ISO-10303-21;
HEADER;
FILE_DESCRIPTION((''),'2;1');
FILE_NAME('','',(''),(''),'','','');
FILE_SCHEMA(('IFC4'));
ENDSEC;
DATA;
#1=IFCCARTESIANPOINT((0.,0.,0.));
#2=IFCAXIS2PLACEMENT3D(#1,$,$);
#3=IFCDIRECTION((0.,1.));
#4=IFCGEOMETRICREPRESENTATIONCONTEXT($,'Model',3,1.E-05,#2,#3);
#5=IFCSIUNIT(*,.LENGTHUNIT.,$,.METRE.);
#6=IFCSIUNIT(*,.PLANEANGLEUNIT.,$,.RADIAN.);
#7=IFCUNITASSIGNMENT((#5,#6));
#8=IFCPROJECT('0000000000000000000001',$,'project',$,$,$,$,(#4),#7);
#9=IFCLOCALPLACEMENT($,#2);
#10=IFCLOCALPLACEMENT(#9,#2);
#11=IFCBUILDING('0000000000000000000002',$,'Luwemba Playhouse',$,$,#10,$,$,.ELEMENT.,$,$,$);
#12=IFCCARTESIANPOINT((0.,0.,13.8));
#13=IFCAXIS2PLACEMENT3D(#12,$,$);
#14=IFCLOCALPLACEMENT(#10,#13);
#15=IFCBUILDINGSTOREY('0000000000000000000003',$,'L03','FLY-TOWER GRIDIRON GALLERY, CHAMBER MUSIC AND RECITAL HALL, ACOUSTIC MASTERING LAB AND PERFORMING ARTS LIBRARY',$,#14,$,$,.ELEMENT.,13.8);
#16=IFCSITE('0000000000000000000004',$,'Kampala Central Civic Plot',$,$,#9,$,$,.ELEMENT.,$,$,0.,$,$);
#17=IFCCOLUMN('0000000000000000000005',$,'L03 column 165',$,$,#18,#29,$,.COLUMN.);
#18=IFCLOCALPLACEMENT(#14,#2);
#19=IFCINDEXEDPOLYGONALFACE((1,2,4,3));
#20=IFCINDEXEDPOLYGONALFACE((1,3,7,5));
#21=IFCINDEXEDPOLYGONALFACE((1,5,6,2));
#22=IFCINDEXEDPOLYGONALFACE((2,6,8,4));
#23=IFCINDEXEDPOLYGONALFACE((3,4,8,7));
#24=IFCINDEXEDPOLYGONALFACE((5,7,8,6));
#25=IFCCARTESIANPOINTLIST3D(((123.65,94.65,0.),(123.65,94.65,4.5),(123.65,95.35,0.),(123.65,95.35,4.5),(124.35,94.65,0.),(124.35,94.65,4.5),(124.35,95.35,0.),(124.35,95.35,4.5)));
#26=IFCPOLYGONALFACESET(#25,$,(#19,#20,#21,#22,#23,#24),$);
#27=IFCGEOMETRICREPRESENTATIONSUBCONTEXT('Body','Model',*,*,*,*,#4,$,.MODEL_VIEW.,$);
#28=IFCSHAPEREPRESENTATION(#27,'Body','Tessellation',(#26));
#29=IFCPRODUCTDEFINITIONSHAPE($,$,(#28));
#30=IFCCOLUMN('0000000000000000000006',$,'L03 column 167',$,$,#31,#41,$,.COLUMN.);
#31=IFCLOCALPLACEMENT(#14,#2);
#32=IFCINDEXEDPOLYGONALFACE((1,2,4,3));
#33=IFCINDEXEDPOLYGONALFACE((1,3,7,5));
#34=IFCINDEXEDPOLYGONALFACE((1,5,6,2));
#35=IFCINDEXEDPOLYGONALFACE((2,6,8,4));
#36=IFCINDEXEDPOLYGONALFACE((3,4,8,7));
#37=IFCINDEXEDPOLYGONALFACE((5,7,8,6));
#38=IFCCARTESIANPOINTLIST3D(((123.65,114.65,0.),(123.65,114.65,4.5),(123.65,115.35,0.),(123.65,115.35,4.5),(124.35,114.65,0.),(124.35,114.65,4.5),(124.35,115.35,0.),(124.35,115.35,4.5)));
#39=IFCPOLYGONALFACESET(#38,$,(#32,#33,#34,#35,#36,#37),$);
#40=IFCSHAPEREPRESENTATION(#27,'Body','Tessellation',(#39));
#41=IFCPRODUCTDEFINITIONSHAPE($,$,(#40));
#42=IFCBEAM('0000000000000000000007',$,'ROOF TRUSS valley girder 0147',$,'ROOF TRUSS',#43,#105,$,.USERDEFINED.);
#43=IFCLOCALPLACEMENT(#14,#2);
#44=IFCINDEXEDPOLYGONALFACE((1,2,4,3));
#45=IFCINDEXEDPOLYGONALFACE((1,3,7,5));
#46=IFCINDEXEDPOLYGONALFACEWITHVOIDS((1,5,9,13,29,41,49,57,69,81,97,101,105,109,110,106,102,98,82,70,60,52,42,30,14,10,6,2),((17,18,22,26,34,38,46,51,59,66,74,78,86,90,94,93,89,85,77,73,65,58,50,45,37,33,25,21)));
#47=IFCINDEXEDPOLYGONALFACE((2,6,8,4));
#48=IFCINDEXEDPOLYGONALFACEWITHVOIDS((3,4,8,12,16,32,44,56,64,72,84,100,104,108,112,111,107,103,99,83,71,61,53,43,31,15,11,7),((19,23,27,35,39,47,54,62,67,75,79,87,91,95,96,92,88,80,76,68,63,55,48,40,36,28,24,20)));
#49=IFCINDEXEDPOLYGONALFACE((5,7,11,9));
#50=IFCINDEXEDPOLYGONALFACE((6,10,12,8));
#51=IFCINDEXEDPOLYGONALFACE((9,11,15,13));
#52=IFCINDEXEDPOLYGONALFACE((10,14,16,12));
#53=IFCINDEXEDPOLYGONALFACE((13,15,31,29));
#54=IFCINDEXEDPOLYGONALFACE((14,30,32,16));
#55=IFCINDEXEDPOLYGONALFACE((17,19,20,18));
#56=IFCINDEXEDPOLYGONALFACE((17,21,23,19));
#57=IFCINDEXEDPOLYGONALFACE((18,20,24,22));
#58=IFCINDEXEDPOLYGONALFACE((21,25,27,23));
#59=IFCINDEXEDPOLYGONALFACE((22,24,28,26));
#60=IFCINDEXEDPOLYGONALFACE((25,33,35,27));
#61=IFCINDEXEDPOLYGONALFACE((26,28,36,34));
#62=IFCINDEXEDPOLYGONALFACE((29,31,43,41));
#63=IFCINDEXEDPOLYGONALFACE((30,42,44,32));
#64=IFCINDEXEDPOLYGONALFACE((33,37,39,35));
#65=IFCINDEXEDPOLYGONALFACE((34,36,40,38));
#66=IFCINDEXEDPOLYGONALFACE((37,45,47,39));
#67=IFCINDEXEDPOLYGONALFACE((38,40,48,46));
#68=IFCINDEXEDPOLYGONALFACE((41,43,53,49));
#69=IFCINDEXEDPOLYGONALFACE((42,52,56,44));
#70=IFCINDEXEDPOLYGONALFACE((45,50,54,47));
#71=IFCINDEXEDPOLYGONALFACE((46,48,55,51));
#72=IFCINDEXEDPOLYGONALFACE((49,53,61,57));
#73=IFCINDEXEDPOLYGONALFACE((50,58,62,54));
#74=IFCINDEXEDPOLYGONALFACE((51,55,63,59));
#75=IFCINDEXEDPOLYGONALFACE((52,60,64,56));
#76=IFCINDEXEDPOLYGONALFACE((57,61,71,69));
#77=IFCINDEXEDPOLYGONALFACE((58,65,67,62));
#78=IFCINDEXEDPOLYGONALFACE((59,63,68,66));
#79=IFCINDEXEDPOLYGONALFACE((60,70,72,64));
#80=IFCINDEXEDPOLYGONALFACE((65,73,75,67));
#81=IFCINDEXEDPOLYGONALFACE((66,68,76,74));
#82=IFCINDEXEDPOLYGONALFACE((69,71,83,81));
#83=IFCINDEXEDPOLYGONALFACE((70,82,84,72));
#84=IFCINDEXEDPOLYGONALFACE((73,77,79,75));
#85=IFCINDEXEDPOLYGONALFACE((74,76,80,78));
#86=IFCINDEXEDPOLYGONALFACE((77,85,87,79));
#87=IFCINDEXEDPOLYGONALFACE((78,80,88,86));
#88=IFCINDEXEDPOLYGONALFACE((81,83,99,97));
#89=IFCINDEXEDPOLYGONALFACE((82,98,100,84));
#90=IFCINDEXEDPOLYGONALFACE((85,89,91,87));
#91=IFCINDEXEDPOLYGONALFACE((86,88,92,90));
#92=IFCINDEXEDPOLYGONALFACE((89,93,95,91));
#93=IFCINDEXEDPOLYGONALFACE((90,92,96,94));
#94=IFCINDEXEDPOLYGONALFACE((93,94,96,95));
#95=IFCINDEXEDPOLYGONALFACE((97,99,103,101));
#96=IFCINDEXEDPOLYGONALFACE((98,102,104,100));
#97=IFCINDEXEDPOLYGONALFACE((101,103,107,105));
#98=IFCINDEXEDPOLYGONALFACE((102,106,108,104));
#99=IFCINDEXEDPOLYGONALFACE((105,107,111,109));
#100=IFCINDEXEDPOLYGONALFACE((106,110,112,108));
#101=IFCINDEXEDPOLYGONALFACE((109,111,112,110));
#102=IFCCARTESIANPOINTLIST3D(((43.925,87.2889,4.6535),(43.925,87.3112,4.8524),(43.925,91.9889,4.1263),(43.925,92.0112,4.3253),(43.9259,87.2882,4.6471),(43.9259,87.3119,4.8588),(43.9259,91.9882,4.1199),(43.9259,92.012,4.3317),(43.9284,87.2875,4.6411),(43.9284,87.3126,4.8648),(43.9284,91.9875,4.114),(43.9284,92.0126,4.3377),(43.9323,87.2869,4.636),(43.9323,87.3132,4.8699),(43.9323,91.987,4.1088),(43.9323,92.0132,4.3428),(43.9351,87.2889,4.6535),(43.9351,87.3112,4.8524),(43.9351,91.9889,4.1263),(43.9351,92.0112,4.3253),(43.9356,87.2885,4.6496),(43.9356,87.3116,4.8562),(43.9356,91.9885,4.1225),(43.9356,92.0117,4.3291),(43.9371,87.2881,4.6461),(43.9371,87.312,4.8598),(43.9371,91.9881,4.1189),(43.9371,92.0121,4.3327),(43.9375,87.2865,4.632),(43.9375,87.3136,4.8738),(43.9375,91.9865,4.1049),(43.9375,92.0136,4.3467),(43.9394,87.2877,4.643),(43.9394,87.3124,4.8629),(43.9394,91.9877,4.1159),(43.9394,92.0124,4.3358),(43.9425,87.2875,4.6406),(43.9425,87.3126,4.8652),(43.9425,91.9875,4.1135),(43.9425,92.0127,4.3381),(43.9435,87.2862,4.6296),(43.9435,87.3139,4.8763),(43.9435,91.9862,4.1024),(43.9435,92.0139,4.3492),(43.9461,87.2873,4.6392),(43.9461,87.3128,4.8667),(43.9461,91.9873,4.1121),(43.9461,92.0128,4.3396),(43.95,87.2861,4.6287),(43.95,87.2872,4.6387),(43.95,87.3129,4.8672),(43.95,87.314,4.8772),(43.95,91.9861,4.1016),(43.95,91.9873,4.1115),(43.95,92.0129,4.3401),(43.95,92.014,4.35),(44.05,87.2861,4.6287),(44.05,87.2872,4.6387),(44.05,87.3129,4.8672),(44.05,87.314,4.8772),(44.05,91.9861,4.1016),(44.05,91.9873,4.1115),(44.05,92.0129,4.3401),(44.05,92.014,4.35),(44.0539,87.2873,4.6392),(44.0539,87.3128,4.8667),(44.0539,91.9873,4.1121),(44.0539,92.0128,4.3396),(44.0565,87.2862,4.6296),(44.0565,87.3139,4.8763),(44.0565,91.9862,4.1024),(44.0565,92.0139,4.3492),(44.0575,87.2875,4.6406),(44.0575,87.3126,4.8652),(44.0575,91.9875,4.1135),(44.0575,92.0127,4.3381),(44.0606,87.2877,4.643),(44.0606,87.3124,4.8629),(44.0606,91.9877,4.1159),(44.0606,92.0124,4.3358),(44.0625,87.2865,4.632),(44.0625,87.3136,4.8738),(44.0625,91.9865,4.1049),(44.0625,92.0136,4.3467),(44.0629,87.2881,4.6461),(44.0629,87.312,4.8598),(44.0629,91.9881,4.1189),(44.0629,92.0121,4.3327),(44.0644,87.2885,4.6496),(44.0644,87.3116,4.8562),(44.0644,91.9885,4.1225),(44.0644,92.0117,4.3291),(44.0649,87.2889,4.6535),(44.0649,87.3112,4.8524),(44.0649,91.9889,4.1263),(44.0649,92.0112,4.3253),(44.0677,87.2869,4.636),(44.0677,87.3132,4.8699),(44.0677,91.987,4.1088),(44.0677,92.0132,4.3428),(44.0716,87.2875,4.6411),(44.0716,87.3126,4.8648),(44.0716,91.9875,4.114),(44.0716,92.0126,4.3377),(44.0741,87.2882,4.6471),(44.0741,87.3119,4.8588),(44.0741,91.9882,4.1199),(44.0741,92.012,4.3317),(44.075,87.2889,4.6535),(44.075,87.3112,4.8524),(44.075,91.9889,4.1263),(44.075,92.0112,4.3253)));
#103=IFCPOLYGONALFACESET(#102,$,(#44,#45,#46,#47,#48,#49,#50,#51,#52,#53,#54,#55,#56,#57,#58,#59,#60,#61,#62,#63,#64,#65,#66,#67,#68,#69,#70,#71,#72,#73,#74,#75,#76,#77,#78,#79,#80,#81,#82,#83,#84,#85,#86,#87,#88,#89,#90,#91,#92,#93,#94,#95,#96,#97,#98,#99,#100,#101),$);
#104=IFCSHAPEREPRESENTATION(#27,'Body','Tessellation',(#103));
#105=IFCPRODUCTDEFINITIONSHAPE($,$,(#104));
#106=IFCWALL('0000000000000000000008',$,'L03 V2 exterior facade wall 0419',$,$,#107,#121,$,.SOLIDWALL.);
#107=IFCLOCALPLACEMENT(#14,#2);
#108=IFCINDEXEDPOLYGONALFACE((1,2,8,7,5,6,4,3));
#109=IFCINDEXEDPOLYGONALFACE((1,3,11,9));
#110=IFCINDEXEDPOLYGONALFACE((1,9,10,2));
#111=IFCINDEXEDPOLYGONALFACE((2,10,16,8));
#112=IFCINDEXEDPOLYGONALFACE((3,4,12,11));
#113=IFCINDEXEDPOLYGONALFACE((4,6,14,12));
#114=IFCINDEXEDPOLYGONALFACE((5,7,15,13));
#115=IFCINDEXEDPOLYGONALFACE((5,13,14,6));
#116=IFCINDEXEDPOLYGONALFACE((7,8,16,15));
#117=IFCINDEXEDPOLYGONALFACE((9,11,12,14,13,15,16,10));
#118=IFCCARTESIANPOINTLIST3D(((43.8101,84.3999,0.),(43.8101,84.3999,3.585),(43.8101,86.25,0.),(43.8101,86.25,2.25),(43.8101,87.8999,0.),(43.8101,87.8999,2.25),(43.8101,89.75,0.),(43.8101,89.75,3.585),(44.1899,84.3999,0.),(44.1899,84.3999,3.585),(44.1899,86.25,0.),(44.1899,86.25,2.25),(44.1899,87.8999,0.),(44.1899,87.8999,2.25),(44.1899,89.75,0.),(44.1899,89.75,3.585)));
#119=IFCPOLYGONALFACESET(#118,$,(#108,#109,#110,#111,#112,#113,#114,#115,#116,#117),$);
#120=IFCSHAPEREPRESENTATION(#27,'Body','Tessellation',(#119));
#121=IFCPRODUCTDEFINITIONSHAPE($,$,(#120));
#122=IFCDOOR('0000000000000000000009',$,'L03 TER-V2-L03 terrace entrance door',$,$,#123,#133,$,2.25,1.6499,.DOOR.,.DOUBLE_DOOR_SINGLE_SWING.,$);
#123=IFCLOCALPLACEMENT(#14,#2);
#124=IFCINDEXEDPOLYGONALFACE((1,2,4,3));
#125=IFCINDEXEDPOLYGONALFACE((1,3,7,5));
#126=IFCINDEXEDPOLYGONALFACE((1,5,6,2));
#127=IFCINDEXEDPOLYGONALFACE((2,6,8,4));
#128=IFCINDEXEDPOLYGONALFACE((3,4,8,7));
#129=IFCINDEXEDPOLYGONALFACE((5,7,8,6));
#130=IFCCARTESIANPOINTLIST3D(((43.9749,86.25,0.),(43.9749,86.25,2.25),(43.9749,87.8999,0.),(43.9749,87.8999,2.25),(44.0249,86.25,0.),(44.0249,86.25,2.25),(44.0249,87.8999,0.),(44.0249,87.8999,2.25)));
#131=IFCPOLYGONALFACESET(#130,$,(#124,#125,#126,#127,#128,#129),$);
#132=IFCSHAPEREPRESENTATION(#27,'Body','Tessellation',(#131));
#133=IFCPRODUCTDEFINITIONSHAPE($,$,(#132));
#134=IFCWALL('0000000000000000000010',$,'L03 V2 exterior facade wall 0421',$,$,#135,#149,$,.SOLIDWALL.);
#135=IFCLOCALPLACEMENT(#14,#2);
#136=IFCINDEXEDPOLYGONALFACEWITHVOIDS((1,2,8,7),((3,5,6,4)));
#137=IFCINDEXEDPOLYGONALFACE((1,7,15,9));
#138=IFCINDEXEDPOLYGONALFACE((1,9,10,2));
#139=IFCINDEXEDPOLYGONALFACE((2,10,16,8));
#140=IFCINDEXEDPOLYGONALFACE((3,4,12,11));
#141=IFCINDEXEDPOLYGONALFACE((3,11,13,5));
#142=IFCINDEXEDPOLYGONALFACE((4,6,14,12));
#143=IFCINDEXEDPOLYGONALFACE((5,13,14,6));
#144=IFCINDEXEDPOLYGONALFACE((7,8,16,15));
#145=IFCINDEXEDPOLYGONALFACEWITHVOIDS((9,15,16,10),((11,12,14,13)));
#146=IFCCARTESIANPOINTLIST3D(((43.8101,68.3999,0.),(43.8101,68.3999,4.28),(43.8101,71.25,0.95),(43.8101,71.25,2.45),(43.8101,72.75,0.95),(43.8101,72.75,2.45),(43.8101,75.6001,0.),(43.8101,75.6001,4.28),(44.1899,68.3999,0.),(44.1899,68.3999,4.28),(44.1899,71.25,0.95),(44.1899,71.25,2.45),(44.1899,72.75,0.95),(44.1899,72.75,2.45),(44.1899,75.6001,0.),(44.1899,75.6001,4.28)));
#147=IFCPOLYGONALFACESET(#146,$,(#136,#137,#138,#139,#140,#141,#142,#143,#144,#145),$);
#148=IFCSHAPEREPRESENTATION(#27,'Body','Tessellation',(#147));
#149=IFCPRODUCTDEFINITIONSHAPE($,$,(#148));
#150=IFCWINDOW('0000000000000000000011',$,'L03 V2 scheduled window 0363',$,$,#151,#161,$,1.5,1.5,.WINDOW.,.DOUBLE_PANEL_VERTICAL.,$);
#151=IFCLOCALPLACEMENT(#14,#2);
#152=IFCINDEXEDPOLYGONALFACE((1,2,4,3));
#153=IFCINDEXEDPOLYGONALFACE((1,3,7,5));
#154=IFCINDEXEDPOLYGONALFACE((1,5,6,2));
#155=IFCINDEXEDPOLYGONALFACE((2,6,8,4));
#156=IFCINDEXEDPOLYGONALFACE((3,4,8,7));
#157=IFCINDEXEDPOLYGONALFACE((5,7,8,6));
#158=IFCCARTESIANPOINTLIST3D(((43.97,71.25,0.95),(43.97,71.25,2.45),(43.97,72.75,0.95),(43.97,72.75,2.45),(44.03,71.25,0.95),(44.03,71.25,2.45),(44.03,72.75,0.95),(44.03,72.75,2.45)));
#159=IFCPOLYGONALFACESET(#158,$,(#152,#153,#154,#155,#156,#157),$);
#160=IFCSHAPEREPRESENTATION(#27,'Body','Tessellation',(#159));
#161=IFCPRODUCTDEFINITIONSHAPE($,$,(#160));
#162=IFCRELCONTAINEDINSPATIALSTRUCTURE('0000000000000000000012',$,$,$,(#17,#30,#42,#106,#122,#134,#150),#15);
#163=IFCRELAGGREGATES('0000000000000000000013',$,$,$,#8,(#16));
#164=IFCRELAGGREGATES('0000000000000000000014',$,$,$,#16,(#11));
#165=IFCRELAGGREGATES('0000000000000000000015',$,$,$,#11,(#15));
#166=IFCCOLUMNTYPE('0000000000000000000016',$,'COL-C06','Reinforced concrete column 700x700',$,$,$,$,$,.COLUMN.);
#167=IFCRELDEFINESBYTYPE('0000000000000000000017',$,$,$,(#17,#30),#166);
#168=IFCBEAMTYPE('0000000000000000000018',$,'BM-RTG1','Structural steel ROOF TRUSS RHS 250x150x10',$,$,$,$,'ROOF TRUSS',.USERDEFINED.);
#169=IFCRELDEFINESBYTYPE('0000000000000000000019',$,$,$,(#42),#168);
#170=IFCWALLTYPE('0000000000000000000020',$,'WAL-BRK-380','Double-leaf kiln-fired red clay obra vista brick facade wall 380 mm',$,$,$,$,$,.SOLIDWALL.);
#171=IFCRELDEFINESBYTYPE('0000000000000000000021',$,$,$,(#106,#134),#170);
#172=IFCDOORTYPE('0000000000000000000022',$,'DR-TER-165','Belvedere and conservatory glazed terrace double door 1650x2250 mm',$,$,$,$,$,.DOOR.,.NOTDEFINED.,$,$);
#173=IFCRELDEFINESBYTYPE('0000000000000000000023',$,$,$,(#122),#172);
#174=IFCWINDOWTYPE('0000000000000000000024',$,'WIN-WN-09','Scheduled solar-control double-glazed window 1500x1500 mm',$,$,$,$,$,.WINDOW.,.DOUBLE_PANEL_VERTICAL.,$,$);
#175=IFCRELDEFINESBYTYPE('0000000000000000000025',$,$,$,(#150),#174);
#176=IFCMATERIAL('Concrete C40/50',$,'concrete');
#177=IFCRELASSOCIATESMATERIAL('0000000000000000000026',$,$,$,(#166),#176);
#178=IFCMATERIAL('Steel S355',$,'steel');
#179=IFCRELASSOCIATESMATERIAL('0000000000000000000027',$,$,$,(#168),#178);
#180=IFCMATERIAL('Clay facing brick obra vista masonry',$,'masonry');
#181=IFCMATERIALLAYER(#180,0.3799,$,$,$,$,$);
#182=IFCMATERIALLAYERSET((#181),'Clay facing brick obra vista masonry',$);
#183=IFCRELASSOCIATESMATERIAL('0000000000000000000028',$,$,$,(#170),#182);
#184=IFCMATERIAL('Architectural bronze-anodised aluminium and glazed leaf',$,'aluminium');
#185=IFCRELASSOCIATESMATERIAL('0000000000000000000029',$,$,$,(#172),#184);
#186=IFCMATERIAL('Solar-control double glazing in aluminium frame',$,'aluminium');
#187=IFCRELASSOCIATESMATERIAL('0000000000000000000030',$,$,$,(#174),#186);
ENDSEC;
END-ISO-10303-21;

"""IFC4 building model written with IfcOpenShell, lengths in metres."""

from ifc_helpers import new_model, si_unit, direction, frame, frame_2d, origin, origin_2d, place, context, subcontext, project, spatial, rectangle, hollow_rectangle, extrude, material, layer, layer_set, material_profile, profile_set, type_object, element, fill, save


model = new_model("IFC4")

# Units and contexts
model_context = context("Model", 3, precision=1e-05, world=origin(), true_north=direction((0.0, 1.0)))
body_context = subcontext(model_context, "Body", "Model", "MODEL_VIEW")
ifc_project = project(units=[si_unit("LENGTHUNIT", "METRE"), si_unit("PLANEANGLEUNIT", "RADIAN")], contexts=[model_context])

# Site, building, storey
site_placement = place(None, origin())
site = spatial("IfcSite", under=ifc_project, at=site_placement, Name="Kampala Central Civic Plot", CompositionType="ELEMENT", RefElevation=0.0)
building_placement = place(site_placement, origin())
building = spatial("IfcBuilding", under=site, at=building_placement, Name="Luwemba Playhouse", CompositionType="ELEMENT")
storey_placement = place(building_placement, frame((0.0, 0.0, 13.8)))
storey = spatial("IfcBuildingStorey", under=building, at=storey_placement, Name="L03", Description="FLY-TOWER GRIDIRON GALLERY, CHAMBER MUSIC AND RECITAL HALL, ACOUSTIC MASTERING LAB AND PERFORMING ARTS LIBRARY", CompositionType="ELEMENT", Elevation=13.8)

# Columns
ifc_material_1 = material(Name="Concrete C40/50", Category="concrete")
ifc_material_profile_1 = material_profile(ifc_material_1, rectangle(XDim=0.7, YDim=0.7, at=origin_2d()))
ifc_profile_set_1 = profile_set([ifc_material_profile_1], Name="Concrete C40/50")
column_type = type_object("IfcColumnType", Name="COL-C06", Description="Reinforced concrete column 700x700", PredefinedType="COLUMN", material=ifc_profile_set_1)
for number, where, z_axis, x_axis, name in (
    (1, (124.0, 95.0, 0.0), (0.0, 0.0, 1.0), (1.0, 0.0, 0.0), "L03 column 165"),
    (2, (124.0, 115.0, 0.0), (0.0, 0.0, 1.0), (1.0, 0.0, 0.0), "L03 column 167"),
):
    element("IfcColumn", number, at=place(storey_placement, frame(where, z_axis=z_axis, x_axis=x_axis)), inside=storey, type_object=column_type, Name=name, PredefinedType="COLUMN", context=body_context, shape_type="SweptSolid", body=[
        extrude(rectangle(XDim=0.7, YDim=0.7, at=origin_2d()), origin(), (0.0, 0.0, 1.0), 4.5),
    ])

# Beam
ifc_material_2 = material(Name="Steel S355", Category="steel")
ifc_material_profile_2 = material_profile(ifc_material_2, hollow_rectangle(XDim=0.1499, YDim=0.25, WallThickness=0.01, InnerFilletRadius=0.0149, OuterFilletRadius=0.0249, at=origin_2d()))
ifc_profile_set_2 = profile_set([ifc_material_profile_2], Name="Steel S355")
beam_type = type_object("IfcBeamType", Name="BM-RTG1", Description="Structural steel ROOF TRUSS RHS 250x150x10", ElementType="ROOF TRUSS", PredefinedType="USERDEFINED", material=ifc_profile_set_2)
beam_placement = place(storey_placement, frame((44.0, 87.3, 4.7529), z_axis=(0.0, 0.99377, -0.111451), x_axis=(-1.0, 0.0, 0.0)))
element("IfcBeam", 3, at=beam_placement, inside=storey, type_object=beam_type, Name="ROOF TRUSS valley girder 0147", ObjectType="ROOF TRUSS", PredefinedType="USERDEFINED", context=body_context, shape_type="SweptSolid", body=[
    extrude(hollow_rectangle(XDim=0.1499, YDim=0.25, WallThickness=0.01, InnerFilletRadius=0.0149, OuterFilletRadius=0.0249, at=origin_2d()), origin(), (0.0, 0.0, 1.0), 4.7295),
])

# Wall, opening, door
ifc_material_3 = material(Name="Clay facing brick obra vista masonry", Category="masonry")
ifc_layer_1 = layer(ifc_material_3, 0.3799)
ifc_layer_set_1 = layer_set([ifc_layer_1], Name="Clay facing brick obra vista masonry")
wall_type_1 = type_object("IfcWallType", Name="WAL-BRK-380", Description="Double-leaf kiln-fired red clay obra vista brick facade wall 380 mm", PredefinedType="SOLIDWALL", material=ifc_layer_set_1)
wall_1_placement = place(storey_placement, frame((44.0, 89.75, 0.0), z_axis=(0.0, 0.0, 1.0), x_axis=(0.0, -1.0, 0.0)))
wall_1 = element("IfcWall", 4, at=wall_1_placement, inside=storey, type_object=wall_type_1, Name="L03 V2 exterior facade wall 0419", PredefinedType="SOLIDWALL", context=body_context, shape_type="SweptSolid", body=[
    extrude(rectangle(XDim=5.3501, YDim=0.3799, at=frame_2d((2.675, 0.0))), origin(), (0.0, 0.0, 1.0), 3.585),
])
opening_1_placement = place(wall_1_placement, frame((1.8501, 0.0, 0.0)))
opening_1 = element("IfcOpeningElement", 5, at=opening_1_placement, cuts=wall_1, PredefinedType="OPENING", context=body_context, shape_type="SweptSolid", body=[
    extrude(rectangle(XDim=1.6499, YDim=2.25, at=frame_2d((0.825, 1.125))), frame((0.0, 0.2, 0.0), z_axis=(0.0, -1.0, 0.0), x_axis=(1.0, 0.0, 0.0)), (0.0, 0.0, 1.0), 0.3999),
])
ifc_material_4 = material(Name="Architectural bronze-anodised aluminium and glazed leaf", Category="aluminium")
door_type = type_object("IfcDoorType", Name="DR-TER-165", Description="Belvedere and conservatory glazed terrace double door 1650x2250 mm", OperationType="NOTDEFINED", PredefinedType="DOOR", material=ifc_material_4)
door_placement = place(opening_1_placement, origin())
door = element("IfcDoor", 6, at=door_placement, inside=storey, type_object=door_type, Name="L03 TER-V2-L03 terrace entrance door", OperationType="DOUBLE_DOOR_SINGLE_SWING", OverallHeight=2.25, OverallWidth=1.6499, PredefinedType="DOOR", context=body_context, shape_type="SweptSolid", body=[
    extrude(rectangle(XDim=1.6499, YDim=2.25, at=frame_2d((0.825, 1.125))), frame((0.0, 0.0249, 0.0), z_axis=(0.0, -1.0, 0.0), x_axis=(1.0, 0.0, 0.0)), (0.0, 0.0, 1.0), 0.05),
])
fill(opening_1, door)

# Wall, opening, window
wall_2_placement = place(storey_placement, frame((44.0, 75.6001, 0.0), z_axis=(0.0, 0.0, 1.0), x_axis=(0.0, -1.0, 0.0)))
wall_2 = element("IfcWall", 7, at=wall_2_placement, inside=storey, type_object=wall_type_1, Name="L03 V2 exterior facade wall 0421", PredefinedType="SOLIDWALL", context=body_context, shape_type="SweptSolid", body=[
    extrude(rectangle(XDim=7.2002, YDim=0.3799, at=frame_2d((3.6001, 0.0))), origin(), (0.0, 0.0, 1.0), 4.28),
])
opening_2_placement = place(wall_2_placement, frame((2.8501, 0.0, 0.95)))
opening_2 = element("IfcOpeningElement", 8, at=opening_2_placement, cuts=wall_2, PredefinedType="OPENING", context=body_context, shape_type="SweptSolid", body=[
    extrude(rectangle(XDim=1.5, YDim=1.5, at=frame_2d((0.75, 0.75))), frame((0.0, 0.2, 0.0), z_axis=(0.0, -1.0, 0.0), x_axis=(1.0, 0.0, 0.0)), (0.0, 0.0, 1.0), 0.3999),
])
ifc_material_5 = material(Name="Solar-control double glazing in aluminium frame", Category="aluminium")
window_type_1 = type_object("IfcWindowType", Name="WIN-WN-09", Description="Scheduled solar-control double-glazed window 1500x1500 mm", PartitioningType="DOUBLE_PANEL_VERTICAL", PredefinedType="WINDOW", material=ifc_material_5)
window_1_placement = place(opening_2_placement, origin())
window_1 = element("IfcWindow", 9, at=window_1_placement, inside=storey, type_object=window_type_1, Name="L03 V2 scheduled window 0363", OverallHeight=1.5, OverallWidth=1.5, PartitioningType="DOUBLE_PANEL_VERTICAL", PredefinedType="WINDOW", context=body_context, shape_type="SweptSolid", body=[
    extrude(rectangle(XDim=1.5, YDim=1.5, at=frame_2d((0.75, 0.75))), frame((0.0, 0.03, 0.0), z_axis=(0.0, -1.0, 0.0), x_axis=(1.0, 0.0, 0.0)), (0.0, 0.0, 1.0), 0.0601),
])
fill(opening_2, window_1)

save(model, "model.ifc")
